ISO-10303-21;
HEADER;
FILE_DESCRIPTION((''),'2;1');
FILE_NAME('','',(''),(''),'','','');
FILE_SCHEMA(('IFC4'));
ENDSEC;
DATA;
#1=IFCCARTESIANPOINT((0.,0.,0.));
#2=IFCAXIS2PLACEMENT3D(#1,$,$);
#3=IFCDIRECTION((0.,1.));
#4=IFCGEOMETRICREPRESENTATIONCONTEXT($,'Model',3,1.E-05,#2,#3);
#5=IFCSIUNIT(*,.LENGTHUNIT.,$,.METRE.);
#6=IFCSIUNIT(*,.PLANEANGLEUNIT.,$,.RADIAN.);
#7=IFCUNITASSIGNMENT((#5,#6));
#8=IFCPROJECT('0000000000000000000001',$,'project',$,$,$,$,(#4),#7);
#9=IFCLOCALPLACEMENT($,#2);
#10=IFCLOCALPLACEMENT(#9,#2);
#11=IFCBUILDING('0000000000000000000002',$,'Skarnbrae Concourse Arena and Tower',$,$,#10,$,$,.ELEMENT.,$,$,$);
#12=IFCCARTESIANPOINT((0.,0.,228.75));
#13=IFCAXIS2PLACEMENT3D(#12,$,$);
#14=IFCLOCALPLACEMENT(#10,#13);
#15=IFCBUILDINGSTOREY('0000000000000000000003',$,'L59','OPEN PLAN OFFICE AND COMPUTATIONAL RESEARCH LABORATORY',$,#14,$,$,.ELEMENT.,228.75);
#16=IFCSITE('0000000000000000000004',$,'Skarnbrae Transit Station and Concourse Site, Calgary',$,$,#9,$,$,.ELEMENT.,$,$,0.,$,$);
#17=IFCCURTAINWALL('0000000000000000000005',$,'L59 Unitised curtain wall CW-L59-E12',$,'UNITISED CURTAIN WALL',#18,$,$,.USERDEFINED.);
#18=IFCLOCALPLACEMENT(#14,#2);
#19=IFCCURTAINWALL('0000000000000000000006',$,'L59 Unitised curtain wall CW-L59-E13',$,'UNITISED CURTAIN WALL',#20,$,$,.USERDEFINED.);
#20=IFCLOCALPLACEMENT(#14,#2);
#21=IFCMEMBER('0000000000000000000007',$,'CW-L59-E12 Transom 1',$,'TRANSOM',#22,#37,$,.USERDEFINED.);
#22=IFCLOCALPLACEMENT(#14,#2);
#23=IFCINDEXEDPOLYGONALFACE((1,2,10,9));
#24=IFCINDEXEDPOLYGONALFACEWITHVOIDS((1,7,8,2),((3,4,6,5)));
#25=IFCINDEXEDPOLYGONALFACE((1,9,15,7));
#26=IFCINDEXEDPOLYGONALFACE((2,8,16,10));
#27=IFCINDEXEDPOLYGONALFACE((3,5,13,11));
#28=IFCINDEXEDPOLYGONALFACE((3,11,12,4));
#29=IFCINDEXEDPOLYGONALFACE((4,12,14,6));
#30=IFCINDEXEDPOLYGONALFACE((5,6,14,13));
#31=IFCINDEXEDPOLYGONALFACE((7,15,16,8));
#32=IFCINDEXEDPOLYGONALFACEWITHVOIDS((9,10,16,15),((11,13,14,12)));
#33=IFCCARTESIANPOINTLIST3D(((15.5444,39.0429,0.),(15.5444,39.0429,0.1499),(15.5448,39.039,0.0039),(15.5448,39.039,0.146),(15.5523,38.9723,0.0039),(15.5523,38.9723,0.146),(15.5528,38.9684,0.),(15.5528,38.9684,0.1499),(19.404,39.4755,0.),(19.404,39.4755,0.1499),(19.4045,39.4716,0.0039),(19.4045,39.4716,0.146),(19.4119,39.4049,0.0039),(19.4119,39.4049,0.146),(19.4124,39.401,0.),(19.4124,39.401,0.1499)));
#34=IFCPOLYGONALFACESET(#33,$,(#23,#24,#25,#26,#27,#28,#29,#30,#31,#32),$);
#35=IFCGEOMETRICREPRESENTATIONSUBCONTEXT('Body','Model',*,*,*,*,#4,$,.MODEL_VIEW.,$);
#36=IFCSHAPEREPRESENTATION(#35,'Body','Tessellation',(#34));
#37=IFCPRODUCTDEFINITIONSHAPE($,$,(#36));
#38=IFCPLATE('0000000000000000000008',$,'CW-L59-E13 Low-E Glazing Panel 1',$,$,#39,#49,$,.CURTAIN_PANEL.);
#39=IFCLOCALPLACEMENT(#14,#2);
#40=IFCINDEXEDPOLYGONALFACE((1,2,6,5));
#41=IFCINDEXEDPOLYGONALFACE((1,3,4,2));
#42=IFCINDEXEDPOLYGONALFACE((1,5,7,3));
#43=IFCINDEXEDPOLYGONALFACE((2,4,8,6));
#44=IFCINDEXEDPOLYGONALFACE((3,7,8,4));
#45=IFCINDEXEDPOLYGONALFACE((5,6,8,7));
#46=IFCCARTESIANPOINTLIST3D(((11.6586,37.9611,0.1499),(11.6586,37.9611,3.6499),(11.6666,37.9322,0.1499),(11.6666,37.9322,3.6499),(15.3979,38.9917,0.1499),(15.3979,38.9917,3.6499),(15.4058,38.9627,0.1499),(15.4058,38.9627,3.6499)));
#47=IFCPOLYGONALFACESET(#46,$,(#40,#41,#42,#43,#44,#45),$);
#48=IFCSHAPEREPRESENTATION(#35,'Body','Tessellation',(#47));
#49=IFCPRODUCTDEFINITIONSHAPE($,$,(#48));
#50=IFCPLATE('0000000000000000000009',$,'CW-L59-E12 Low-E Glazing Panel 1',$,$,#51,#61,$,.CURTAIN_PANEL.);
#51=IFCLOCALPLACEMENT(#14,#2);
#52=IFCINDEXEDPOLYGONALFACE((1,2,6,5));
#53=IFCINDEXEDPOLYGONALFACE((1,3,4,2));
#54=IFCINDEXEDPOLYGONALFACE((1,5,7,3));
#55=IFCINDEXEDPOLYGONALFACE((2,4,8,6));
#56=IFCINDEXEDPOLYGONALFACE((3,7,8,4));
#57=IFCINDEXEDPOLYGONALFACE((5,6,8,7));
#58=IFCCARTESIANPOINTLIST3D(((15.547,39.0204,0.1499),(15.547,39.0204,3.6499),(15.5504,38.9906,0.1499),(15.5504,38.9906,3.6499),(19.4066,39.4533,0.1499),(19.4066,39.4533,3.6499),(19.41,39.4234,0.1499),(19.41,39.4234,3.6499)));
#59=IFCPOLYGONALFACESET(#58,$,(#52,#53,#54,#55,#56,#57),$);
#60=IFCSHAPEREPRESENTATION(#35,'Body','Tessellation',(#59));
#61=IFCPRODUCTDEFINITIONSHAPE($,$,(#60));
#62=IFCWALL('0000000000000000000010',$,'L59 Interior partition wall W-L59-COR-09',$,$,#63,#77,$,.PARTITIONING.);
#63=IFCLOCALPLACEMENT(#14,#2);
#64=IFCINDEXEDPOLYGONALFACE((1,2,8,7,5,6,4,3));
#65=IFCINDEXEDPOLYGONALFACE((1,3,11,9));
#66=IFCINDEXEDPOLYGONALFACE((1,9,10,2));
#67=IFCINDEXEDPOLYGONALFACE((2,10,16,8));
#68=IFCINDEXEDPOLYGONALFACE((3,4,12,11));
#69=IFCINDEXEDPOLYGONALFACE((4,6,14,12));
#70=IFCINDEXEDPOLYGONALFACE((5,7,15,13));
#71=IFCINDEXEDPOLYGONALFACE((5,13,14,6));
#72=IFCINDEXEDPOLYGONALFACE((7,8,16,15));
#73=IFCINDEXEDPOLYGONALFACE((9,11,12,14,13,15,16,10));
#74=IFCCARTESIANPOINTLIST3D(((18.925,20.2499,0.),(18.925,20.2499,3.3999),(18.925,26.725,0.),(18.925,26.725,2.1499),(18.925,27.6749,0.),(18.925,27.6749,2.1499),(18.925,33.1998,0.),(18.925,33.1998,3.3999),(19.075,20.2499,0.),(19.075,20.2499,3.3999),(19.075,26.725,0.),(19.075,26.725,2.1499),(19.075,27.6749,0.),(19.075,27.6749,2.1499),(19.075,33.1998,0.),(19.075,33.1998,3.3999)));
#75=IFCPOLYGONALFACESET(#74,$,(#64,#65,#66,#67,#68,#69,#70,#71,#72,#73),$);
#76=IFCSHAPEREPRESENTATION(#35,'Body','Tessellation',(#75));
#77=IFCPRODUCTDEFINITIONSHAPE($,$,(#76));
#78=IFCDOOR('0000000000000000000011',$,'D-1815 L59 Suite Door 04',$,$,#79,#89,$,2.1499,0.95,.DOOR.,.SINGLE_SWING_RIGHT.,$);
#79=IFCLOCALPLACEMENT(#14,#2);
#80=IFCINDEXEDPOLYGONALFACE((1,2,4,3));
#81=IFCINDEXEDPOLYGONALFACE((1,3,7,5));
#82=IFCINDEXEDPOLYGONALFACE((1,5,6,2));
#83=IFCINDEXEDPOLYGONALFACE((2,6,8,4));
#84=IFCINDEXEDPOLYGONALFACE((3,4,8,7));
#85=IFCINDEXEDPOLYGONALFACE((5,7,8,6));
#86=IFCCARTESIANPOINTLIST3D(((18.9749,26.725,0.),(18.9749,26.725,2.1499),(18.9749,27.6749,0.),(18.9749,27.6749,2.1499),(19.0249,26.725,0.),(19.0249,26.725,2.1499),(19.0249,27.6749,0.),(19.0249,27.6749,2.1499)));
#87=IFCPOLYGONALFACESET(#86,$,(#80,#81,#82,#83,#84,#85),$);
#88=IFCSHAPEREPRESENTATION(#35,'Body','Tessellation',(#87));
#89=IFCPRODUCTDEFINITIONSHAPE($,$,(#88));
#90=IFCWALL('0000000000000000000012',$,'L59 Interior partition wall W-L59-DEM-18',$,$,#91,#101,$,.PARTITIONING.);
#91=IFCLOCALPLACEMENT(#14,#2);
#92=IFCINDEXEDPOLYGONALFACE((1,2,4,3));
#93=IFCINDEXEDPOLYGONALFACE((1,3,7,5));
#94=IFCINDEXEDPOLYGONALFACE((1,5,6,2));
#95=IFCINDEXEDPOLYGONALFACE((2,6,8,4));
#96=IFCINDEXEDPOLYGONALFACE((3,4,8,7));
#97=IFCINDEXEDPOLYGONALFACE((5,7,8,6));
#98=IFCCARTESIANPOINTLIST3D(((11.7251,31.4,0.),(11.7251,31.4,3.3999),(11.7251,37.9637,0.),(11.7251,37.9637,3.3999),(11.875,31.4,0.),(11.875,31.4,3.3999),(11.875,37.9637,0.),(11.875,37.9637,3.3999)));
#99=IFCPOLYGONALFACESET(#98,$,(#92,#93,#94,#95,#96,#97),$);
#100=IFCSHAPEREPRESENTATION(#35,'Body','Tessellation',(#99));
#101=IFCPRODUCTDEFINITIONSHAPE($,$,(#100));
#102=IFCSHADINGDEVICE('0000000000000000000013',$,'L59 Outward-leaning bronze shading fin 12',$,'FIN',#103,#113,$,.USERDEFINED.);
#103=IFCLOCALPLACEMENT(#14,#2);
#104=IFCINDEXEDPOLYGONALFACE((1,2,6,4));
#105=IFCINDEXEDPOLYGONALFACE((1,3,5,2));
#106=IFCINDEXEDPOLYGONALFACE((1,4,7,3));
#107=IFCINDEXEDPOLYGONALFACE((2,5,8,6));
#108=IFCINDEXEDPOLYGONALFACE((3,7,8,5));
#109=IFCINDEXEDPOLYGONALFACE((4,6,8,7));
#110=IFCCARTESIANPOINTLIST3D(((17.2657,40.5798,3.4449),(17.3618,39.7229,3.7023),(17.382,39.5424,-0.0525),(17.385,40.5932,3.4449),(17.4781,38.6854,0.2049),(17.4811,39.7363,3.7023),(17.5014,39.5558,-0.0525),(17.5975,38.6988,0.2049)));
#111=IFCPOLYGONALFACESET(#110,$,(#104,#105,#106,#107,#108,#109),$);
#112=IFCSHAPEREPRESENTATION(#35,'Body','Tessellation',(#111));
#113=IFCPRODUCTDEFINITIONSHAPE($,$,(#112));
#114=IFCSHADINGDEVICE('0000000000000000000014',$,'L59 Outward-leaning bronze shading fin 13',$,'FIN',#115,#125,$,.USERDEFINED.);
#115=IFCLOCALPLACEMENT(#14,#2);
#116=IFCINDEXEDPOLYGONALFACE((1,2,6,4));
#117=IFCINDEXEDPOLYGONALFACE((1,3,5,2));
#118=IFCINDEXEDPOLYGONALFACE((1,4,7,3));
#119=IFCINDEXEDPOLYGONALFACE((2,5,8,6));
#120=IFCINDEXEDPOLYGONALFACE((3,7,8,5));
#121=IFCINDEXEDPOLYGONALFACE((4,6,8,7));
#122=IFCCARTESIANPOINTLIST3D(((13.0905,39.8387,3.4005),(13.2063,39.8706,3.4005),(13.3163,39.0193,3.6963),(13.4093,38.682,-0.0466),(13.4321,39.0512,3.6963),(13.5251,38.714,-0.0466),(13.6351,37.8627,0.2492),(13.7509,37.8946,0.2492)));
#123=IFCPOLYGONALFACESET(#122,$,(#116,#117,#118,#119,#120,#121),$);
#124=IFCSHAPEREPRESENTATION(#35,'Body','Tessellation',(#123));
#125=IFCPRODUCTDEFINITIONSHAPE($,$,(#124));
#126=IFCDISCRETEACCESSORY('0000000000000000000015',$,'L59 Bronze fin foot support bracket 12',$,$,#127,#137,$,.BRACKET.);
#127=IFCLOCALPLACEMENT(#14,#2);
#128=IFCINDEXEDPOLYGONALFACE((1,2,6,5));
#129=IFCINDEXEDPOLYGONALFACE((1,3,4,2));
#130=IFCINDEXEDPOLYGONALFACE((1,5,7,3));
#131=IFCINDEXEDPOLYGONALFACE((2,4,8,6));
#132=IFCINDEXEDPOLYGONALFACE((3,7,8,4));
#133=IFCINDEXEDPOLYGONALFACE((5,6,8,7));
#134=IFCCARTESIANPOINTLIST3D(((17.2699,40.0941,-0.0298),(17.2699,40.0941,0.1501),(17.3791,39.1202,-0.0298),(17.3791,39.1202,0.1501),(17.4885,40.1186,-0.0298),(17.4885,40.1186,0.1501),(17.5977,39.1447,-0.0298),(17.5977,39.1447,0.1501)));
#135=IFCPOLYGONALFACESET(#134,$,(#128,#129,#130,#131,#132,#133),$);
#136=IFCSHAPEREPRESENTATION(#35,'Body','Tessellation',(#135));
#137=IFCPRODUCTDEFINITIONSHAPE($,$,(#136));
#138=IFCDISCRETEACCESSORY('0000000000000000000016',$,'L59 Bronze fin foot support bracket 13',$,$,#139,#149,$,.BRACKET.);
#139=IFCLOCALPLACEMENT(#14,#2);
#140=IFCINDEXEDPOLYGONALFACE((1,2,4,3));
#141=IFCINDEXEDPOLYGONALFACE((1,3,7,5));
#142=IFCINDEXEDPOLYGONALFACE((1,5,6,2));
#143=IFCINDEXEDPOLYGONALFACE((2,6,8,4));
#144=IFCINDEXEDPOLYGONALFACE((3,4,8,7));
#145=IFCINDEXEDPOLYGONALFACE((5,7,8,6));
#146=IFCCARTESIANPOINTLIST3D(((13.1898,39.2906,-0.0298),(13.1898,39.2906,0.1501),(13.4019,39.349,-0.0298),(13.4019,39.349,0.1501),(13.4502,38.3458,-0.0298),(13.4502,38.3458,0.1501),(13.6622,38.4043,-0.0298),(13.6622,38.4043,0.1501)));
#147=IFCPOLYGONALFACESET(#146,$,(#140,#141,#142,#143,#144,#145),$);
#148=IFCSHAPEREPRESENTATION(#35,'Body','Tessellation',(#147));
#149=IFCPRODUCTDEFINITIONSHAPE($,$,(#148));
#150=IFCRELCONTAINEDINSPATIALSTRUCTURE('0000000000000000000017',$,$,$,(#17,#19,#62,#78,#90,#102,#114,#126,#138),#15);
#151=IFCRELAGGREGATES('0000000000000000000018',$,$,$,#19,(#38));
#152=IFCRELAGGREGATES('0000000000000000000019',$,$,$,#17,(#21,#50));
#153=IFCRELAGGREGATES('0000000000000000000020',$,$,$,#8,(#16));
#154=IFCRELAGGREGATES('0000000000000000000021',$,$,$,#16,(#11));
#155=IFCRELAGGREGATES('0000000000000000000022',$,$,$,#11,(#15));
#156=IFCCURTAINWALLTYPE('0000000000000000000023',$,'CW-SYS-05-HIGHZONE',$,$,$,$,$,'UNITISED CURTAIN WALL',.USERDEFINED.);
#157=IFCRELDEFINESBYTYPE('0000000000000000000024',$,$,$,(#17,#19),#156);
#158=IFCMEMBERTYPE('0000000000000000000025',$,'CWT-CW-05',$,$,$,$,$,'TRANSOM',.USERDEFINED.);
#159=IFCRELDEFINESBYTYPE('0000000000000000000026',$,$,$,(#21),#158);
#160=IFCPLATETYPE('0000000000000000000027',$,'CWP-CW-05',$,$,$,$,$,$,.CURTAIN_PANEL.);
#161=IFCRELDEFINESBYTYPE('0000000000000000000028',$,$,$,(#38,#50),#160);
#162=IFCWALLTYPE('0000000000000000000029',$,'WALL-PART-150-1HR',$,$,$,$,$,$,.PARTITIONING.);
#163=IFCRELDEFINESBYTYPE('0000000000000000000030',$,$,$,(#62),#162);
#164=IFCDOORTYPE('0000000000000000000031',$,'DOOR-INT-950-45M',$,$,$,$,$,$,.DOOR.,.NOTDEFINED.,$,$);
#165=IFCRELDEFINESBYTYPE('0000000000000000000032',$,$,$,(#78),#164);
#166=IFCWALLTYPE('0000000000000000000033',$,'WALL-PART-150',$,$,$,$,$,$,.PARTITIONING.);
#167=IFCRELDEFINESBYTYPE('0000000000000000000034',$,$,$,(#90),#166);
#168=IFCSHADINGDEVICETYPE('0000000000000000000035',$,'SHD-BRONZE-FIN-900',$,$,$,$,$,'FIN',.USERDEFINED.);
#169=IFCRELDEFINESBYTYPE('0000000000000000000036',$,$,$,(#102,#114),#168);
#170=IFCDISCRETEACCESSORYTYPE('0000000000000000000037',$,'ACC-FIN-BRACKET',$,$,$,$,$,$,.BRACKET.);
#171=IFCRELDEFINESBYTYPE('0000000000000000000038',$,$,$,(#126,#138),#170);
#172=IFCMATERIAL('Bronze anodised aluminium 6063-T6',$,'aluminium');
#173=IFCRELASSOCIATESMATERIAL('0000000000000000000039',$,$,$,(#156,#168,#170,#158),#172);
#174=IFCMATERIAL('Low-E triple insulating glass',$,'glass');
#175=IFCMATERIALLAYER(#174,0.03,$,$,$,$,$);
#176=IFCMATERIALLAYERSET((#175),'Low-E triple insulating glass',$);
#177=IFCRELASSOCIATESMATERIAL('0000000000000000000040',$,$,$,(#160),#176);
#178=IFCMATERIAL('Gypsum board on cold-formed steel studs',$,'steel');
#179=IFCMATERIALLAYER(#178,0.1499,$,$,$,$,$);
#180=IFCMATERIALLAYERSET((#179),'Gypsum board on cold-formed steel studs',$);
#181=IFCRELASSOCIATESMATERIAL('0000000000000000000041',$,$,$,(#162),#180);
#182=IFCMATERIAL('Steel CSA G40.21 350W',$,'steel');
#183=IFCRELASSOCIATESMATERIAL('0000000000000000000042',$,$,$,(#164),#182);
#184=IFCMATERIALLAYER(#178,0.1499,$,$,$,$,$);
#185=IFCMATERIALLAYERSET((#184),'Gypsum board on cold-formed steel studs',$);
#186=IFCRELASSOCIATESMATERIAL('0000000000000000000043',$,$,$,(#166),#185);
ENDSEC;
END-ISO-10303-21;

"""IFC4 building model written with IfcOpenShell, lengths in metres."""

from ifc_helpers import new_model, si_unit, direction, frame, frame_2d, origin, origin_2d, place, context, subcontext, project, spatial, rectangle, hollow_rectangle, extrude, source, transform, mapped, material, layer, layer_set, material_profile, profile_set, type_object, element, fill, aggregate, save


model = new_model("IFC4")

# Units and contexts
model_context = context("Model", 3, precision=1e-05, world=origin(), true_north=direction((0.0, 1.0)))
body_context = subcontext(model_context, "Body", "Model", "MODEL_VIEW")
ifc_project = project(units=[si_unit("LENGTHUNIT", "METRE"), si_unit("PLANEANGLEUNIT", "RADIAN")], contexts=[model_context])

# Site, building, storey
site_placement = place(None, origin())
site = spatial("IfcSite", under=ifc_project, at=site_placement, Name="Skarnbrae Transit Station and Concourse Site, Calgary", CompositionType="ELEMENT", RefElevation=0.0)
building_placement = place(site_placement, origin())
building = spatial("IfcBuilding", under=site, at=building_placement, Name="Skarnbrae Concourse Arena and Tower", CompositionType="ELEMENT")
storey_placement = place(building_placement, frame((0.0, 0.0, 228.75)))
storey = spatial("IfcBuildingStorey", under=building, at=storey_placement, Name="L59", Description="OPEN PLAN OFFICE AND COMPUTATIONAL RESEARCH LABORATORY", CompositionType="ELEMENT", Elevation=228.75)

# Shared definitions
ifc_material_1 = material(Name="Steel CSA G40.21 350W", Category="steel")

# Shared definitions
ifc_material_2 = material(Name="Bronze anodised aluminium 6063-T6", Category="aluminium")
curtain_wall_type = type_object("IfcCurtainWallType", Name="CW-SYS-05-HIGHZONE", ElementType="UNITISED CURTAIN WALL", PredefinedType="USERDEFINED", material=ifc_material_2)

# Curtain walls
curtain_wall_1_placement = place(storey_placement, origin())
curtain_wall_1 = element("IfcCurtainWall", 1, at=curtain_wall_1_placement, inside=storey, type_object=curtain_wall_type, Name="L59 Unitised curtain wall CW-L59-E12", ObjectType="UNITISED CURTAIN WALL", PredefinedType="USERDEFINED")
curtain_wall_2_placement = place(storey_placement, origin())
curtain_wall_2 = element("IfcCurtainWall", 2, at=curtain_wall_2_placement, inside=storey, type_object=curtain_wall_type, Name="L59 Unitised curtain wall CW-L59-E13", ObjectType="UNITISED CURTAIN WALL", PredefinedType="USERDEFINED")

# Member
ifc_material_profile_1 = material_profile(ifc_material_2, hollow_rectangle(XDim=0.075, YDim=0.1499, WallThickness=0.0039, at=origin_2d()), Name="ALU-TRAN-75X150")
ifc_profile_set_1 = profile_set([ifc_material_profile_1], Name="Bronze anodised aluminium 6063-T6")
member_type_1 = type_object("IfcMemberType", Name="CWT-CW-05", ElementType="TRANSOM", PredefinedType="USERDEFINED", material=ifc_profile_set_1)
shared_shape_1 = source(origin(), body_context, "Body", "SweptSolid", [
    extrude(hollow_rectangle(XDim=0.075, YDim=0.1499, WallThickness=0.0039, at=origin_2d()), origin(), (0.0, 0.0, 1.0), 3.8838),
])
member_1_placement = place(storey_placement, frame((19.4082, 39.4382, 0.075), z_axis=(-0.993777, -0.11139, 0.0), x_axis=(0.11139, -0.993777, 0.0)))
member_1 = element("IfcMember", 3, at=member_1_placement, type_object=member_type_1, Name="CW-L59-E12 Transom 1", ObjectType="TRANSOM", PredefinedType="USERDEFINED", context=body_context, shape_type="MappedRepresentation", body=[
    mapped(shared_shape_1, transform((0.0, 0.0, 0.0))),
])

# Plates
ifc_material_3 = material(Name="Low-E triple insulating glass", Category="glass")
ifc_layer_1 = layer(ifc_material_3, 0.03)
ifc_layer_set_1 = layer_set([ifc_layer_1], Name="Low-E triple insulating glass")
plate_type = type_object("IfcPlateType", Name="CWP-CW-05", PredefinedType="CURTAIN_PANEL", material=ifc_layer_set_1)
shared_shape_2 = source(origin(), body_context, "Body", "SweptSolid", [
    extrude(rectangle(XDim=3.8787, YDim=0.03, at=origin_2d()), origin(), (0.0, 0.0, 1.0), 3.5),
])
plate_1_placement = place(storey_placement, frame((13.5322, 38.4619, 0.1499), z_axis=(0.0, 0.0, 1.0), x_axis=(-0.964057, -0.265694, 0.0)))
plate_1 = element("IfcPlate", 4, at=plate_1_placement, type_object=plate_type, Name="CW-L59-E13 Low-E Glazing Panel 1", PredefinedType="CURTAIN_PANEL", context=body_context, shape_type="MappedRepresentation", body=[
    mapped(shared_shape_2, transform((0.0, 0.0, 0.0))),
])
aggregate(curtain_wall_2, [plate_1])
shared_shape_3 = source(origin(), body_context, "Body", "SweptSolid", [
    extrude(rectangle(XDim=3.8838, YDim=0.03, at=origin_2d()), origin(), (0.0, 0.0, 1.0), 3.5),
])
plate_2_placement = place(storey_placement, frame((17.4785, 39.2219, 0.1499), z_axis=(0.0, 0.0, 1.0), x_axis=(-0.993769, -0.11146, 0.0)))
plate_2 = element("IfcPlate", 5, at=plate_2_placement, type_object=plate_type, Name="CW-L59-E12 Low-E Glazing Panel 1", PredefinedType="CURTAIN_PANEL", context=body_context, shape_type="MappedRepresentation", body=[
    mapped(shared_shape_3, transform((0.0, 0.0, 0.0))),
])
aggregate(curtain_wall_1, [member_1, plate_2])

# Wall, opening, door
ifc_material_4 = material(Name="Gypsum board on cold-formed steel studs", Category="steel")
ifc_layer_2 = layer(ifc_material_4, 0.1499)
ifc_layer_set_2 = layer_set([ifc_layer_2], Name="Gypsum board on cold-formed steel studs")
wall_type_1 = type_object("IfcWallType", Name="WALL-PART-150-1HR", PredefinedType="PARTITIONING", material=ifc_layer_set_2)
shared_shape_4 = source(origin(), body_context, "Body", "SweptSolid", [
    extrude(rectangle(XDim=12.95, YDim=0.1499, at=frame_2d((6.4751, 0.0))), origin(), (0.0, 0.0, 1.0), 3.3999),
])
wall_1_placement = place(storey_placement, frame((19.0, 33.2, 0.0), z_axis=(0.0, 0.0, 1.0), x_axis=(0.0, -1.0, 0.0)))
wall_1 = element("IfcWall", 6, at=wall_1_placement, inside=storey, type_object=wall_type_1, Name="L59 Interior partition wall W-L59-COR-09", PredefinedType="PARTITIONING", context=body_context, shape_type="MappedRepresentation", body=[
    mapped(shared_shape_4, transform((0.0, 0.0, 0.0))),
])
opening_placement = place(wall_1_placement, frame((5.5249, 0.0, 0.0)))
opening = element("IfcOpeningElement", 7, at=opening_placement, cuts=wall_1, PredefinedType="OPENING", context=body_context, shape_type="SweptSolid", body=[
    extrude(rectangle(XDim=0.95, YDim=2.1499, at=frame_2d((0.4751, 1.075))), frame((0.0, 0.085, 0.0), z_axis=(0.0, -1.0, 0.0), x_axis=(1.0, 0.0, 0.0)), (0.0, 0.0, 1.0), 0.1699),
])
door_type = type_object("IfcDoorType", Name="DOOR-INT-950-45M", OperationType="NOTDEFINED", PredefinedType="DOOR", material=ifc_material_1)
shared_shape_5 = source(origin(), body_context, "Body", "SweptSolid", [
    extrude(rectangle(XDim=0.95, YDim=2.1499, at=frame_2d((0.4751, 1.075))), frame((0.0, 0.0249, 0.0), z_axis=(0.0, -1.0, 0.0), x_axis=(1.0, 0.0, 0.0)), (0.0, 0.0, 1.0), 0.05),
])
door_placement = place(opening_placement, origin())
door = element("IfcDoor", 8, at=door_placement, inside=storey, type_object=door_type, Name="D-1815 L59 Suite Door 04", OperationType="SINGLE_SWING_RIGHT", OverallHeight=2.1499, OverallWidth=0.95, PredefinedType="DOOR", context=body_context, shape_type="MappedRepresentation", body=[
    mapped(shared_shape_5, transform((0.0, 0.0, 0.0))),
])
fill(opening, door)

# Wall
ifc_layer_3 = layer(ifc_material_4, 0.1499)
ifc_layer_set_3 = layer_set([ifc_layer_3], Name="Gypsum board on cold-formed steel studs")
wall_type_2 = type_object("IfcWallType", Name="WALL-PART-150", PredefinedType="PARTITIONING", material=ifc_layer_set_3)
shared_shape_6 = source(origin(), body_context, "Body", "SweptSolid", [
    extrude(rectangle(XDim=6.5637, YDim=0.1499, at=frame_2d((3.2817, 0.0))), origin(), (0.0, 0.0, 1.0), 3.3999),
])
wall_2_placement = place(storey_placement, frame((11.8, 37.9636, 0.0), z_axis=(0.0, 0.0, 1.0), x_axis=(0.0, -1.0, 0.0)))
element("IfcWall", 9, at=wall_2_placement, inside=storey, type_object=wall_type_2, Name="L59 Interior partition wall W-L59-DEM-18", PredefinedType="PARTITIONING", context=body_context, shape_type="MappedRepresentation", body=[
    mapped(shared_shape_6, transform((0.0, 0.0, 0.0))),
])

# Shading devices
shading_device_type = type_object("IfcShadingDeviceType", Name="SHD-BRONZE-FIN-900", ElementType="FIN", PredefinedType="USERDEFINED", material=ifc_material_2)
shared_shape_7 = source(origin(), body_context, "Body", "SweptSolid", [
    extrude(rectangle(XDim=0.1201, YDim=0.8999, at=origin_2d()), origin(), (0.0, 0.0, 1.0), 3.6499),
])
for number, where, z_axis, x_axis, name in (
    (10, (17.4897, 39.1206, 0.0762), (-0.031878, 0.284241, 0.958223), (0.99377, 0.111452, 0.0), "L59 Outward-leaning bronze shading fin 12"),
    (11, (13.5801, 38.2883, 0.1013), (-0.087333, 0.316888, 0.944434), (0.964058, 0.265691, 0.0), "L59 Outward-leaning bronze shading fin 13"),
):
    element("IfcShadingDevice", number, at=place(storey_placement, frame(where, z_axis=z_axis, x_axis=x_axis)), inside=storey, type_object=shading_device_type, Name=name, ObjectType="FIN", PredefinedType="USERDEFINED", context=body_context, shape_type="MappedRepresentation", body=[
        mapped(shared_shape_7, transform((0.0, 0.0, 0.0))),
    ])

# Discrete accessories
discrete_accessory_type = type_object("IfcDiscreteAccessoryType", Name="ACC-FIN-BRACKET", PredefinedType="BRACKET", material=ifc_material_2)
shared_shape_8 = source(origin(), body_context, "Body", "SweptSolid", [
    extrude(rectangle(XDim=0.22, YDim=0.98, at=origin_2d()), origin(), (0.0, 0.0, 1.0), 0.1799),
])
for number, where, z_axis, x_axis, name in (
    (12, (17.4338, 39.6194, -0.0298), (0.0, 0.0, 1.0), (0.99377, 0.111452, 0.0), "L59 Bronze fin foot support bracket 12"),
    (13, (13.426, 38.8474, -0.0298), (0.0, 0.0, 1.0), (0.964058, 0.265691, 0.0), "L59 Bronze fin foot support bracket 13"),
):
    element("IfcDiscreteAccessory", number, at=place(storey_placement, frame(where, z_axis=z_axis, x_axis=x_axis)), inside=storey, type_object=discrete_accessory_type, Name=name, PredefinedType="BRACKET", context=body_context, shape_type="MappedRepresentation", body=[
        mapped(shared_shape_8, transform((0.0, 0.0, 0.0))),
    ])

save(model, "model.ifc")
